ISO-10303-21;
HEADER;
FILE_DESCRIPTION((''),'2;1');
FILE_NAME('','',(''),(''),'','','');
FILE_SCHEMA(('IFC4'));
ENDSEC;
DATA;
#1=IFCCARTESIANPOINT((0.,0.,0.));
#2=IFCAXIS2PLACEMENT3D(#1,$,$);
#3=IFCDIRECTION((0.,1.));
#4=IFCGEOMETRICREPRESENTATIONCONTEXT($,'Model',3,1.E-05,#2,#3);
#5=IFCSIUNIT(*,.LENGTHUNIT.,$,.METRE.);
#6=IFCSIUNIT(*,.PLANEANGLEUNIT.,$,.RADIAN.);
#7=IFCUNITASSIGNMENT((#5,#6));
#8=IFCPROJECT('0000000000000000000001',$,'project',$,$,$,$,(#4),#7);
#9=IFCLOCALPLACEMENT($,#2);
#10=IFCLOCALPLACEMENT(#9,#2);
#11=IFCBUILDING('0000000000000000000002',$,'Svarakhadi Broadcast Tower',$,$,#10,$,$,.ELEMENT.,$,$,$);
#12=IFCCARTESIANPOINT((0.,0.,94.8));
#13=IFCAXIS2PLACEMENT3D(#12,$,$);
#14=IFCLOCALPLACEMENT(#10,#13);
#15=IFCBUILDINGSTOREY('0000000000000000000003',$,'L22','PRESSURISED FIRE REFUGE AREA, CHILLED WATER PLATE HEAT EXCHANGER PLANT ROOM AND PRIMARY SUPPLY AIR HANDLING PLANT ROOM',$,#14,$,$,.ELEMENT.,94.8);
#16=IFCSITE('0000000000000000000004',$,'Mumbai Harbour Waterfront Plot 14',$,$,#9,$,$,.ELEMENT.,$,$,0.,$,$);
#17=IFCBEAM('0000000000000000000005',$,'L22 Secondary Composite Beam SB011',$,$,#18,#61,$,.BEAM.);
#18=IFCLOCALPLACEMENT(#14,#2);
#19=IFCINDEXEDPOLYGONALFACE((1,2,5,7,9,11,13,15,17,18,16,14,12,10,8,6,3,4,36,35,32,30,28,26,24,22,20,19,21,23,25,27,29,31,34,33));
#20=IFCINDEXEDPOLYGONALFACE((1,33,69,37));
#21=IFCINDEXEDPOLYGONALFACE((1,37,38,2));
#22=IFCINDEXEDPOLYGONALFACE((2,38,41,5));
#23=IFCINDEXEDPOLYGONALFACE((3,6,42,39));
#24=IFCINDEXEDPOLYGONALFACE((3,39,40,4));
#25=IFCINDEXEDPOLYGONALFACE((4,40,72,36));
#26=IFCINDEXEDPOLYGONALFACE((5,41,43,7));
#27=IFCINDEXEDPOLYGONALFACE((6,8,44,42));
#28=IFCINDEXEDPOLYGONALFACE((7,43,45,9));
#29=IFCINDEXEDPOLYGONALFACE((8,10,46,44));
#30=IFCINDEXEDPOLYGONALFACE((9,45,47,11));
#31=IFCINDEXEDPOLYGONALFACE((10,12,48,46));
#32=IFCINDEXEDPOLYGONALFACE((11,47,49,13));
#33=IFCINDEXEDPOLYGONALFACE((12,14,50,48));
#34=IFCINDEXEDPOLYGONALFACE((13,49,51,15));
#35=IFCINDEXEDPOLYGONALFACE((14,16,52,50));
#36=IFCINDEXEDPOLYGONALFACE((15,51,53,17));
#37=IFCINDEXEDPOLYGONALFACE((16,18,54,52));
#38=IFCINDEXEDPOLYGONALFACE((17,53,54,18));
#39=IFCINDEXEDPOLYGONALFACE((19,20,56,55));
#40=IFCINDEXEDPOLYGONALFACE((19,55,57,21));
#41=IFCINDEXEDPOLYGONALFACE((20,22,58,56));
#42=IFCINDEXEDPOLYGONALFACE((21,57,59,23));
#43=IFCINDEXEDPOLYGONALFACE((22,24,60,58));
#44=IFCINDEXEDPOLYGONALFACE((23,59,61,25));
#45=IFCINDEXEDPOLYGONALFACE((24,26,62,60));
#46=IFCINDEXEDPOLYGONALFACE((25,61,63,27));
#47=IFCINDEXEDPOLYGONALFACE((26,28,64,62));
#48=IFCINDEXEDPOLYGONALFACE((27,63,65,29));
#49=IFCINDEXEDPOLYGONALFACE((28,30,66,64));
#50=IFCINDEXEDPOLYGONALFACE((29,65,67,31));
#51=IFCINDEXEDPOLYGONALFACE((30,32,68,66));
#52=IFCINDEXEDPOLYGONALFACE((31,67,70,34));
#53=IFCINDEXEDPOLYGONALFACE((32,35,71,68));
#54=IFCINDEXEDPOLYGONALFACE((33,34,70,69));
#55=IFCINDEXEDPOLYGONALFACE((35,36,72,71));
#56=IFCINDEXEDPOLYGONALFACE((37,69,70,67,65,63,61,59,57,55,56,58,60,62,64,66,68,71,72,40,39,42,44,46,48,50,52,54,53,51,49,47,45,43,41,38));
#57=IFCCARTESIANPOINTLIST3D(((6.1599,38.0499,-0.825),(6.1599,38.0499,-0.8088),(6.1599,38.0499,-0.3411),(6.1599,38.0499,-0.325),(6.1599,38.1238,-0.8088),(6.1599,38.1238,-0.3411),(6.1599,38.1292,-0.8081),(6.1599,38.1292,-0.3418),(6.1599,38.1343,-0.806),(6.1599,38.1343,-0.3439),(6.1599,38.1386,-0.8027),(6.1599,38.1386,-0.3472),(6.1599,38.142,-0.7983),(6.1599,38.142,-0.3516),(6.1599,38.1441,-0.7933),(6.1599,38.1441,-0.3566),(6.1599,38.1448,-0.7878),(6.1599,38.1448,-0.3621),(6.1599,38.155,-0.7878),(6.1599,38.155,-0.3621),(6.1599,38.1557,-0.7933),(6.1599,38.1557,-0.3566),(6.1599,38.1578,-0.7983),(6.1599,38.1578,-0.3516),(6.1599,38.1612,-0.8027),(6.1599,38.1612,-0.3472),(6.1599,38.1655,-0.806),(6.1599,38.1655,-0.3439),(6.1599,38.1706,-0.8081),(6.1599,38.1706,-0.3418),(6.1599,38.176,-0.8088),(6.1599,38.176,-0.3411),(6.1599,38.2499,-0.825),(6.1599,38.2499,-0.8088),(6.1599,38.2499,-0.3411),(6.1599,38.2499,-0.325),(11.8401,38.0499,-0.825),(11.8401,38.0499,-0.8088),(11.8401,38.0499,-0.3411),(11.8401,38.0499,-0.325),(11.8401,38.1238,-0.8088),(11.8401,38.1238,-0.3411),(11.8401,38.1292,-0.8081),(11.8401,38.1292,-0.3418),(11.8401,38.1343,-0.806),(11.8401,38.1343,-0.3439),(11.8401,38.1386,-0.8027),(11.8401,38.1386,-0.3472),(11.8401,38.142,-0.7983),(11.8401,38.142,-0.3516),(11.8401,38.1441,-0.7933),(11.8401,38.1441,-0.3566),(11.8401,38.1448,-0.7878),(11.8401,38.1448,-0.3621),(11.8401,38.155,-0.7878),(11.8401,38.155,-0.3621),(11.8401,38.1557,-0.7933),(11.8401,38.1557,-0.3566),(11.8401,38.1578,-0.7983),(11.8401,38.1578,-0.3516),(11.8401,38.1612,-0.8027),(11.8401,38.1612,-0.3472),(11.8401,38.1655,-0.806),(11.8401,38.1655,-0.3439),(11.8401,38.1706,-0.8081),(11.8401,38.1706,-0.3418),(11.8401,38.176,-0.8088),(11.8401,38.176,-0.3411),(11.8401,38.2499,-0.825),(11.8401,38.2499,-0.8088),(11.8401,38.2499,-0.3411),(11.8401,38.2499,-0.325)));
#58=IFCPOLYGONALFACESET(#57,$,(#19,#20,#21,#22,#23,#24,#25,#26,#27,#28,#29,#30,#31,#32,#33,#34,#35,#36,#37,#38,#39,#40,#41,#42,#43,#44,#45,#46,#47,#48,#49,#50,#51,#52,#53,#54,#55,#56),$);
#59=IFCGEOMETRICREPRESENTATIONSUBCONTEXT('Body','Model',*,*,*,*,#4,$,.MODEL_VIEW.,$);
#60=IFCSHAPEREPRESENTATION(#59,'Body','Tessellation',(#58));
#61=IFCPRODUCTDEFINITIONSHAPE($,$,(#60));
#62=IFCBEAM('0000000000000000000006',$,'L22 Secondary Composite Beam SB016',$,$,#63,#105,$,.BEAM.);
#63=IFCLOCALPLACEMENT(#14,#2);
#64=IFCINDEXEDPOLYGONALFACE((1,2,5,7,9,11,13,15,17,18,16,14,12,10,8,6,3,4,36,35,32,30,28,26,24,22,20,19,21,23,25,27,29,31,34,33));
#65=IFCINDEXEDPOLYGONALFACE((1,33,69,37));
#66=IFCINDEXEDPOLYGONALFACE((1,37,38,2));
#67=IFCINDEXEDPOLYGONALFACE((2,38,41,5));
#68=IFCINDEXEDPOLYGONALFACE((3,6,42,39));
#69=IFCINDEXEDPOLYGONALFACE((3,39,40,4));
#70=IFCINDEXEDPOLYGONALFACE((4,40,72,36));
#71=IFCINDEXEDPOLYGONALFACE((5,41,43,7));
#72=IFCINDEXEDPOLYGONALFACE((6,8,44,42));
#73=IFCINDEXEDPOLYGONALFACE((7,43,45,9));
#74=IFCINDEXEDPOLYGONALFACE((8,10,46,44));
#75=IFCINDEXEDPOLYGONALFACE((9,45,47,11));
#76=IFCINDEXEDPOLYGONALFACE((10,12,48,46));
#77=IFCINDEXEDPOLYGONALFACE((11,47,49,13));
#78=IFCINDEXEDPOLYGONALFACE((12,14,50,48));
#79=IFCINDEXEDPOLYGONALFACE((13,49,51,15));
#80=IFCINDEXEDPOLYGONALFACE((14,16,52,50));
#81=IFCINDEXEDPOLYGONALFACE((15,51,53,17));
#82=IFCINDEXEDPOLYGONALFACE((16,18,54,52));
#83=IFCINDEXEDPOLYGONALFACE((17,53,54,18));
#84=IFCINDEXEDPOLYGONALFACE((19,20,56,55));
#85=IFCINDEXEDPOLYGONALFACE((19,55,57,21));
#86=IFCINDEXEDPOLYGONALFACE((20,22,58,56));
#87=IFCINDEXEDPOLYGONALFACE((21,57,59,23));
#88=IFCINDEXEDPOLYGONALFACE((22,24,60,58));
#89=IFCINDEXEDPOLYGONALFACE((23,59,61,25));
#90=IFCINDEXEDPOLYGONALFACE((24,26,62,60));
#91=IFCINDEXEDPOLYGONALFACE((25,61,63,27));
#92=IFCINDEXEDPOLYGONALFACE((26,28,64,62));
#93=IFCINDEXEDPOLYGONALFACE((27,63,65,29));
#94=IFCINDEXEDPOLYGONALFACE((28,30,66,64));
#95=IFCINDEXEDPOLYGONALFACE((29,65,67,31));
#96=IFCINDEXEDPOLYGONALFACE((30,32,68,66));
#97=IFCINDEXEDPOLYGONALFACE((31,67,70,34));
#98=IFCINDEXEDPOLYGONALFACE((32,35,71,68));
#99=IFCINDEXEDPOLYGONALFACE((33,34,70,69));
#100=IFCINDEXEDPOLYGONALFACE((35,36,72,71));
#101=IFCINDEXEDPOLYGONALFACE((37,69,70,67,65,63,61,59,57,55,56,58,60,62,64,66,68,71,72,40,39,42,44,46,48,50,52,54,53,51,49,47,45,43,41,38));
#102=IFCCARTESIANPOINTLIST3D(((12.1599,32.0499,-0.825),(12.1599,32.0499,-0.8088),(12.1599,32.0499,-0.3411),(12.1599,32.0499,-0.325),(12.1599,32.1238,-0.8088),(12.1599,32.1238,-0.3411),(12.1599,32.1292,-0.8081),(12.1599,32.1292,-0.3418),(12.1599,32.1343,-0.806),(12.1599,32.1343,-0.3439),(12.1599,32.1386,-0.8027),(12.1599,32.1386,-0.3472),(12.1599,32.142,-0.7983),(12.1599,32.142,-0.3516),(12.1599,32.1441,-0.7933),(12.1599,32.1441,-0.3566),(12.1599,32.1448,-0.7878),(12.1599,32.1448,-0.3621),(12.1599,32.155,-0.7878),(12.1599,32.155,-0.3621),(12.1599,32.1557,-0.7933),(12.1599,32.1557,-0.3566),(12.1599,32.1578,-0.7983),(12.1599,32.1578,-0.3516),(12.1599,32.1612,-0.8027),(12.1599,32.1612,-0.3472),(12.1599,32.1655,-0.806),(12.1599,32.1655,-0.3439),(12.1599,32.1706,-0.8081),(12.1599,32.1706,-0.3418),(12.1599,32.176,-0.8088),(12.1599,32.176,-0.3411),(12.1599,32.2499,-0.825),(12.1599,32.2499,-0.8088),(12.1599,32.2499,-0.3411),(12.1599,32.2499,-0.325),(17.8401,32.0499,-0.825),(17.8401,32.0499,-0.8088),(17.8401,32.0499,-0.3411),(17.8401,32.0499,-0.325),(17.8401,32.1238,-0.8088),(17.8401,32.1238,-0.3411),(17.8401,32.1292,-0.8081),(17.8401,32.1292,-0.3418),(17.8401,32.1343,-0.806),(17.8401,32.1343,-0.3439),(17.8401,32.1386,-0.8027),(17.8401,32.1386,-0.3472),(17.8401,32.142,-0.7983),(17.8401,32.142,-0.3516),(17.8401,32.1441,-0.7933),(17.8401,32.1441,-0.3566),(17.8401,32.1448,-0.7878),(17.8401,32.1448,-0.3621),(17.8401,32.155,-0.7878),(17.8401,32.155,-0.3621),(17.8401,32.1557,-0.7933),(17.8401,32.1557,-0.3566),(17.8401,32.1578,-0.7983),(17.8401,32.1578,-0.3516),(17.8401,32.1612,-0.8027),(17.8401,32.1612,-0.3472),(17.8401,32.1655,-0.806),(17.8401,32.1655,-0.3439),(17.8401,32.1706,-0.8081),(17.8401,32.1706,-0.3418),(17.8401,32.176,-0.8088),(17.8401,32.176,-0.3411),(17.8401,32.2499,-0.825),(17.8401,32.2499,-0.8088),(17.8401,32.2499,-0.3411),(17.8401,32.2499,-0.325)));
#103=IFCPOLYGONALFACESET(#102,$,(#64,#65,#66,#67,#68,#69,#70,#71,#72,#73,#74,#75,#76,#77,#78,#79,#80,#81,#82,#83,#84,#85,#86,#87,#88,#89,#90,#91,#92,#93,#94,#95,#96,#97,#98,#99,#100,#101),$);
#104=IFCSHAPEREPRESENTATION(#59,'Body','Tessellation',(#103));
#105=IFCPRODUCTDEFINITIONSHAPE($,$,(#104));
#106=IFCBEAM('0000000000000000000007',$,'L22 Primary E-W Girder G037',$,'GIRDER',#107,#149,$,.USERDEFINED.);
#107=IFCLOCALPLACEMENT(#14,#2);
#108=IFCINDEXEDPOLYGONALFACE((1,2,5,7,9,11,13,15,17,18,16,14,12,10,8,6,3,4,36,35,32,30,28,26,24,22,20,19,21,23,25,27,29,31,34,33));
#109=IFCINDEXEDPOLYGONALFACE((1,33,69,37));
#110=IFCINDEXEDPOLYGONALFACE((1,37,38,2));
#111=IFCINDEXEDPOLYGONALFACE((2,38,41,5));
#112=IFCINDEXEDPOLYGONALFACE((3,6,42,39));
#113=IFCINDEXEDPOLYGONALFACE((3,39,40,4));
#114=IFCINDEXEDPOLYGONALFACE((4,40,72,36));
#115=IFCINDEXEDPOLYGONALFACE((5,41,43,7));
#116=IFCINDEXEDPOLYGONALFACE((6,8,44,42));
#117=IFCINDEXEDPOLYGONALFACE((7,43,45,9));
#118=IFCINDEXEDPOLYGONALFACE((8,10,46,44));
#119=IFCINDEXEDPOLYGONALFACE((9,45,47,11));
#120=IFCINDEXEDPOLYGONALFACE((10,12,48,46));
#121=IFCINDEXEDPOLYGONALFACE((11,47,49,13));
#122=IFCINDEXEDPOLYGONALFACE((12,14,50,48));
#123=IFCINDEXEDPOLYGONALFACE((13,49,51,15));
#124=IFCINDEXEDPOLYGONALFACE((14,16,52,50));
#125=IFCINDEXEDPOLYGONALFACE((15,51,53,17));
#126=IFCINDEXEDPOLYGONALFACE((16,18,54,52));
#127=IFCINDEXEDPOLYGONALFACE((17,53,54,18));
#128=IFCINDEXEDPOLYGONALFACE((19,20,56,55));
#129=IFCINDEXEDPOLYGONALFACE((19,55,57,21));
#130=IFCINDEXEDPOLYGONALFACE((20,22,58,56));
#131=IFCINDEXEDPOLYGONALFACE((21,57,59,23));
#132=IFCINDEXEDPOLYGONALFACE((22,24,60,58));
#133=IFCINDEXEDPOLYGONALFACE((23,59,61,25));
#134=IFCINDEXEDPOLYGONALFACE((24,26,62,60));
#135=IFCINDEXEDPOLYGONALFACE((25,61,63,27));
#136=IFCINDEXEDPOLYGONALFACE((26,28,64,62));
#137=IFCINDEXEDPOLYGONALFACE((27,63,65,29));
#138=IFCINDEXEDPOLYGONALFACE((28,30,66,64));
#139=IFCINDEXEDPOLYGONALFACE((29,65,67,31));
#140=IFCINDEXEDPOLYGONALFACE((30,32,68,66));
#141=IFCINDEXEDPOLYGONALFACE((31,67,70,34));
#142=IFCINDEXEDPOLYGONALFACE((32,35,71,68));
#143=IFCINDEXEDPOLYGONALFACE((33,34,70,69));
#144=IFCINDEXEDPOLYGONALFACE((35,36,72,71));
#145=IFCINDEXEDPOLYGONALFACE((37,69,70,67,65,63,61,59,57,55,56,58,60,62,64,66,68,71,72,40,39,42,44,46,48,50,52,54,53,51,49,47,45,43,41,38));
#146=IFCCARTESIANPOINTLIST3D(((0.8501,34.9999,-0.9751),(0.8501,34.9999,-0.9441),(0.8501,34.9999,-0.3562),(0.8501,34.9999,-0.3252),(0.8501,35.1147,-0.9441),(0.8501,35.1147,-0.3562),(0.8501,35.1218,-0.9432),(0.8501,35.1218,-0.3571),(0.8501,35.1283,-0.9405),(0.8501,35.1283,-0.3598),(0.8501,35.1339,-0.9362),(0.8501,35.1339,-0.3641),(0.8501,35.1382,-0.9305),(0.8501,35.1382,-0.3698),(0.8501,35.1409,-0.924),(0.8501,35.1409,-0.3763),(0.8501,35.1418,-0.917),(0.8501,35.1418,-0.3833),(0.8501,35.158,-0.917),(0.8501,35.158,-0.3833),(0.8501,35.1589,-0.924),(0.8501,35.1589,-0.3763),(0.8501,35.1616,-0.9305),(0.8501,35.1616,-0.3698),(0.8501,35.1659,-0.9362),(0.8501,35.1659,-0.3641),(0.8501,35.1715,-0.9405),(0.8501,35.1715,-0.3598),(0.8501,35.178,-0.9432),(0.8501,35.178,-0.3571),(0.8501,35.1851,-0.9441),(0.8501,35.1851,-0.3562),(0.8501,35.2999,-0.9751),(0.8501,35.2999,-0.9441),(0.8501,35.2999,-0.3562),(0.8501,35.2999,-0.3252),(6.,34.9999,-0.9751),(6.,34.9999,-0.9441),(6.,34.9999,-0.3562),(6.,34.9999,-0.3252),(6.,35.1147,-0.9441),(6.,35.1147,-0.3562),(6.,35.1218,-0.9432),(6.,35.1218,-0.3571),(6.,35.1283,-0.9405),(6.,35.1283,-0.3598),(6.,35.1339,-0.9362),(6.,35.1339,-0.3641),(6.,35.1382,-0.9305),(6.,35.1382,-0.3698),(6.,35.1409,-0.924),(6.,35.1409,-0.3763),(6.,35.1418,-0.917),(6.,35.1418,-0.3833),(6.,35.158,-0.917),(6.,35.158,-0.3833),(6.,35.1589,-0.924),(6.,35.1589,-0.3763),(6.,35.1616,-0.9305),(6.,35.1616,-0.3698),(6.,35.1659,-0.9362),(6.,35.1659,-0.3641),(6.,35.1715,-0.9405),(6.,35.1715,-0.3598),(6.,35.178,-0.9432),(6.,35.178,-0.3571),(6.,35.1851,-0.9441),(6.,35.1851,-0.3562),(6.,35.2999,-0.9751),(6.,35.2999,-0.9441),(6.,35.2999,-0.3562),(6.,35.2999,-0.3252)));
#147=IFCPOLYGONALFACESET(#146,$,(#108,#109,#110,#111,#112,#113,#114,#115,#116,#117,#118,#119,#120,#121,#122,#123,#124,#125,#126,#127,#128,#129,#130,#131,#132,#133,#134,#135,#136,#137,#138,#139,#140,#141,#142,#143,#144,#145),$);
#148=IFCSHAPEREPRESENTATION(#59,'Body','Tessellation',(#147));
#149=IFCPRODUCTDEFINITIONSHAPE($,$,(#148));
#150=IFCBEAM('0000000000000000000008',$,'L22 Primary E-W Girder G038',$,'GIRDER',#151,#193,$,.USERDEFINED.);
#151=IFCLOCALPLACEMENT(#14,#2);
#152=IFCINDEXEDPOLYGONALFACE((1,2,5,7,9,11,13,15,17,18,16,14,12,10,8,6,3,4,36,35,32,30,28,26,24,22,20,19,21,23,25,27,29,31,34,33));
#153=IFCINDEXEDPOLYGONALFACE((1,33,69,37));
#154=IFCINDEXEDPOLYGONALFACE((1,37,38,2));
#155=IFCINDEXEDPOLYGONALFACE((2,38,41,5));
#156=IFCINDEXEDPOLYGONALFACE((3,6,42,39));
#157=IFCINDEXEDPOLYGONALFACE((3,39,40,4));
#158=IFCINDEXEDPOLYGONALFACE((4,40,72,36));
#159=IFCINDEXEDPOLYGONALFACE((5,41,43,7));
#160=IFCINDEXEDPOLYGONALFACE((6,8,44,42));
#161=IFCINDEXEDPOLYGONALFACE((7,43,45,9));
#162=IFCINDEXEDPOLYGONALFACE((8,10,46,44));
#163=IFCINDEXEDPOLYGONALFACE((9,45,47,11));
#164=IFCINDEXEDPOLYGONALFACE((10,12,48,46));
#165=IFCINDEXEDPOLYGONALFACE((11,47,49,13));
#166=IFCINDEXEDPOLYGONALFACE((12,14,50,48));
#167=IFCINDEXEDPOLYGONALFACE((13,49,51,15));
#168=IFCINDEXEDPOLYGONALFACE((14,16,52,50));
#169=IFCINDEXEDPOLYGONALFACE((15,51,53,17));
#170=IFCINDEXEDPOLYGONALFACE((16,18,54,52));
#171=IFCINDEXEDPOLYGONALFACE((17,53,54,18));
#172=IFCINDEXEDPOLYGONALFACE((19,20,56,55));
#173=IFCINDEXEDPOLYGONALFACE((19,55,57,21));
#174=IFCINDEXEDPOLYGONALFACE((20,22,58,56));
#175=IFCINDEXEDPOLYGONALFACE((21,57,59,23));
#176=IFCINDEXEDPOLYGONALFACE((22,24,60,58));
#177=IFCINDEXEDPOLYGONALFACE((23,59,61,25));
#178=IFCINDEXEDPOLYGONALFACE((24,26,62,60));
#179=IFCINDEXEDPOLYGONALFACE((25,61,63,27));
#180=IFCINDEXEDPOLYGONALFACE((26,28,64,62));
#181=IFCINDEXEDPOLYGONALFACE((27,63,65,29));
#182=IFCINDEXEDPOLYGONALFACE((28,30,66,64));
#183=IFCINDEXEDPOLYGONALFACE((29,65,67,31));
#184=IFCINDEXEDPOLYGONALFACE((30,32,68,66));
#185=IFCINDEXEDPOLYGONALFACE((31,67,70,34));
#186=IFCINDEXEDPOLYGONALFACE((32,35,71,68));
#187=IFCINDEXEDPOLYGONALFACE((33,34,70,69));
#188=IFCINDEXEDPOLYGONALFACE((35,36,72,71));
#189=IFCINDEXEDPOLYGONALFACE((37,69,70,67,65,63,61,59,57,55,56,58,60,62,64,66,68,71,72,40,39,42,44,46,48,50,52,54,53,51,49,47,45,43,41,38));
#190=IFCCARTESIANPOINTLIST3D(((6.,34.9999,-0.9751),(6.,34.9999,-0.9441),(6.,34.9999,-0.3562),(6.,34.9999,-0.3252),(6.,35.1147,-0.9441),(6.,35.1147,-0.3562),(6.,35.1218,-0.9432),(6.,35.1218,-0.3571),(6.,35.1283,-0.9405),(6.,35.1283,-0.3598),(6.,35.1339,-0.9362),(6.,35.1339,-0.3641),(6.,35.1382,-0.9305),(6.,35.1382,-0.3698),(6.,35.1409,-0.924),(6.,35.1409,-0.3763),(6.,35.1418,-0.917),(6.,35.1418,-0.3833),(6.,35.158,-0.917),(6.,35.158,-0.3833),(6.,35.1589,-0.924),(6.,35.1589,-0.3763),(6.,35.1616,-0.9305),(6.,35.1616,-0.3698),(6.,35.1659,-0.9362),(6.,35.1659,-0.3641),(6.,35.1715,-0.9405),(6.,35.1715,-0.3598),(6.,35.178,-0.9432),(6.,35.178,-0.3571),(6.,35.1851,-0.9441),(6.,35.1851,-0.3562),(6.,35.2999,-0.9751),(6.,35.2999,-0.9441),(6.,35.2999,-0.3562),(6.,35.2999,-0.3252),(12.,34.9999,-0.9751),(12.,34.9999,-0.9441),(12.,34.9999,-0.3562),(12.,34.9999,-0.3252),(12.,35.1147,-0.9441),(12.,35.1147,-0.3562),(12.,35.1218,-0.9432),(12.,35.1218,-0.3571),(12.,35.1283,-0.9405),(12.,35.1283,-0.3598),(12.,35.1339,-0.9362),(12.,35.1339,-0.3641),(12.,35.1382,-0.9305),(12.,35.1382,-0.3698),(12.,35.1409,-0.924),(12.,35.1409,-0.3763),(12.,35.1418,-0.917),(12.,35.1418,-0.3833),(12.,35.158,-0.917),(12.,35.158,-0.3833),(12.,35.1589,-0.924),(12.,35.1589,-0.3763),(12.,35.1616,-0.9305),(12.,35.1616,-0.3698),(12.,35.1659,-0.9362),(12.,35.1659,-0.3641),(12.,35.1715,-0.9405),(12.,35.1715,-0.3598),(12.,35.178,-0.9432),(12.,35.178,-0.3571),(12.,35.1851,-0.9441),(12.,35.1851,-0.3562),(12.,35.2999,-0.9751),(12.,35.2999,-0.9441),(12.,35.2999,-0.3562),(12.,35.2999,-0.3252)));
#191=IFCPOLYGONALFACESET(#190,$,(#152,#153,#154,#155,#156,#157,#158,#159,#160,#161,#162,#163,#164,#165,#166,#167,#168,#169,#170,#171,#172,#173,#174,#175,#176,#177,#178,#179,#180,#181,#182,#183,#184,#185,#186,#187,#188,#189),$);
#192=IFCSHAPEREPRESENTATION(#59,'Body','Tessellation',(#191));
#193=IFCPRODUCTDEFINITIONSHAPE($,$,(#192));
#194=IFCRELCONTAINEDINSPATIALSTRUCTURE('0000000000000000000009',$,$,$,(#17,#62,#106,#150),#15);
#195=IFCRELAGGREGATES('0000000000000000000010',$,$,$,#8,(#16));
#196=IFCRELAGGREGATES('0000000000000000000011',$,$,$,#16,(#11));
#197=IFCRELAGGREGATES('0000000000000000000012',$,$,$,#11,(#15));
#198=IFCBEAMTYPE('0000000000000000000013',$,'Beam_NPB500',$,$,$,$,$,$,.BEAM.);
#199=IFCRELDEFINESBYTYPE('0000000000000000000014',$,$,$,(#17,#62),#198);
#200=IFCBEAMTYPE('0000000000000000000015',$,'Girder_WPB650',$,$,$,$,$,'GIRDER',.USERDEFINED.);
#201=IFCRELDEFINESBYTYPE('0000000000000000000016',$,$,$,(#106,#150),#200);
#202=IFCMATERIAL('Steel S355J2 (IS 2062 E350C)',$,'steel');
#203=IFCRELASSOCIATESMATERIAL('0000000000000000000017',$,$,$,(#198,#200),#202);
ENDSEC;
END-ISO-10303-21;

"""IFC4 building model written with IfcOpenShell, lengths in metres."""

from ifc_helpers import new_model, si_unit, direction, frame, origin, origin_2d, place, context, subcontext, project, spatial, i_section, extrude, material, material_profile, profile_set, type_object, element, save


model = new_model("IFC4")

# Units and contexts
model_context = context("Model", 3, precision=1e-05, world=origin(), true_north=direction((0.0, 1.0)))
body_context = subcontext(model_context, "Body", "Model", "MODEL_VIEW")
ifc_project = project(units=[si_unit("LENGTHUNIT", "METRE"), si_unit("PLANEANGLEUNIT", "RADIAN")], contexts=[model_context])

# Site, building, storey
site_placement = place(None, origin())
site = spatial("IfcSite", under=ifc_project, at=site_placement, Name="Mumbai Harbour Waterfront Plot 14", CompositionType="ELEMENT", RefElevation=0.0)
building_placement = place(site_placement, origin())
building = spatial("IfcBuilding", under=site, at=building_placement, Name="Svarakhadi Broadcast Tower", CompositionType="ELEMENT")
storey_placement = place(building_placement, frame((0.0, 0.0, 94.8)))
storey = spatial("IfcBuildingStorey", under=building, at=storey_placement, Name="L22", Description="PRESSURISED FIRE REFUGE AREA, CHILLED WATER PLATE HEAT EXCHANGER PLANT ROOM AND PRIMARY SUPPLY AIR HANDLING PLANT ROOM", CompositionType="ELEMENT", Elevation=94.8)

# Beams
ifc_material_1 = material(Name="Steel S355J2 (IS 2062 E350C)", Category="steel")
ifc_material_profile_1 = material_profile(ifc_material_1, i_section(OverallWidth=0.2, OverallDepth=0.5, WebThickness=0.0103, FlangeThickness=0.0161, FilletRadius=0.021, at=origin_2d()), Name="NPB 500x200x91")
ifc_profile_set_1 = profile_set([ifc_material_profile_1], Name="Steel S355J2 (IS 2062 E350C)")
beam_type_1 = type_object("IfcBeamType", Name="Beam_NPB500", PredefinedType="BEAM", material=ifc_profile_set_1)
for number, where, z_axis, x_axis, name in (
    (1, (6.1599, 38.1499, -0.575), (1.0, 0.0, 0.0), (0.0, 1.0, 0.0), "L22 Secondary Composite Beam SB011"),
    (2, (12.1599, 32.1499, -0.575), (1.0, 0.0, 0.0), (0.0, 1.0, 0.0), "L22 Secondary Composite Beam SB016"),
):
    element("IfcBeam", number, at=place(storey_placement, frame(where, z_axis=z_axis, x_axis=x_axis)), inside=storey, type_object=beam_type_1, Name=name, PredefinedType="BEAM", context=body_context, shape_type="SweptSolid", body=[
        extrude(i_section(OverallWidth=0.2, OverallDepth=0.5, WebThickness=0.0103, FlangeThickness=0.0161, FilletRadius=0.021, at=origin_2d()), origin(), (0.0, 0.0, 1.0), 5.6802),
    ])
ifc_material_profile_2 = material_profile(ifc_material_1, i_section(OverallWidth=0.3, OverallDepth=0.6499, WebThickness=0.0161, FlangeThickness=0.031, FilletRadius=0.0271, at=origin_2d()), Name="WPB 650x300x225")
ifc_profile_set_2 = profile_set([ifc_material_profile_2], Name="Steel S355J2 (IS 2062 E350C)")
beam_type_2 = type_object("IfcBeamType", Name="Girder_WPB650", ElementType="GIRDER", PredefinedType="USERDEFINED", material=ifc_profile_set_2)
beam_placement = place(storey_placement, frame((0.8501, 35.1499, -0.6501), z_axis=(1.0, 0.0, 0.0), x_axis=(0.0, 1.0, 0.0)))
element("IfcBeam", 3, at=beam_placement, inside=storey, type_object=beam_type_2, Name="L22 Primary E-W Girder G037", ObjectType="GIRDER", PredefinedType="USERDEFINED", context=body_context, shape_type="SweptSolid", body=[
    extrude(i_section(OverallWidth=0.3, OverallDepth=0.6499, WebThickness=0.0161, FlangeThickness=0.031, FilletRadius=0.0271, at=origin_2d()), origin(), (0.0, 0.0, 1.0), 5.1499),
])
for number, where, z_axis, x_axis, name in (
    (4, (6.0, 35.1499, -0.6501), (1.0, 0.0, 0.0), (0.0, 1.0, 0.0), "L22 Primary E-W Girder G038"),
):
    element("IfcBeam", number, at=place(storey_placement, frame(where, z_axis=z_axis, x_axis=x_axis)), inside=storey, type_object=beam_type_2, Name=name, ObjectType="GIRDER", PredefinedType="USERDEFINED", context=body_context, shape_type="SweptSolid", body=[
        extrude(i_section(OverallWidth=0.3, OverallDepth=0.6499, WebThickness=0.0161, FlangeThickness=0.031, FilletRadius=0.0271, at=origin_2d()), origin(), (0.0, 0.0, 1.0), 6.0),
    ])

save(model, "model.ifc")
